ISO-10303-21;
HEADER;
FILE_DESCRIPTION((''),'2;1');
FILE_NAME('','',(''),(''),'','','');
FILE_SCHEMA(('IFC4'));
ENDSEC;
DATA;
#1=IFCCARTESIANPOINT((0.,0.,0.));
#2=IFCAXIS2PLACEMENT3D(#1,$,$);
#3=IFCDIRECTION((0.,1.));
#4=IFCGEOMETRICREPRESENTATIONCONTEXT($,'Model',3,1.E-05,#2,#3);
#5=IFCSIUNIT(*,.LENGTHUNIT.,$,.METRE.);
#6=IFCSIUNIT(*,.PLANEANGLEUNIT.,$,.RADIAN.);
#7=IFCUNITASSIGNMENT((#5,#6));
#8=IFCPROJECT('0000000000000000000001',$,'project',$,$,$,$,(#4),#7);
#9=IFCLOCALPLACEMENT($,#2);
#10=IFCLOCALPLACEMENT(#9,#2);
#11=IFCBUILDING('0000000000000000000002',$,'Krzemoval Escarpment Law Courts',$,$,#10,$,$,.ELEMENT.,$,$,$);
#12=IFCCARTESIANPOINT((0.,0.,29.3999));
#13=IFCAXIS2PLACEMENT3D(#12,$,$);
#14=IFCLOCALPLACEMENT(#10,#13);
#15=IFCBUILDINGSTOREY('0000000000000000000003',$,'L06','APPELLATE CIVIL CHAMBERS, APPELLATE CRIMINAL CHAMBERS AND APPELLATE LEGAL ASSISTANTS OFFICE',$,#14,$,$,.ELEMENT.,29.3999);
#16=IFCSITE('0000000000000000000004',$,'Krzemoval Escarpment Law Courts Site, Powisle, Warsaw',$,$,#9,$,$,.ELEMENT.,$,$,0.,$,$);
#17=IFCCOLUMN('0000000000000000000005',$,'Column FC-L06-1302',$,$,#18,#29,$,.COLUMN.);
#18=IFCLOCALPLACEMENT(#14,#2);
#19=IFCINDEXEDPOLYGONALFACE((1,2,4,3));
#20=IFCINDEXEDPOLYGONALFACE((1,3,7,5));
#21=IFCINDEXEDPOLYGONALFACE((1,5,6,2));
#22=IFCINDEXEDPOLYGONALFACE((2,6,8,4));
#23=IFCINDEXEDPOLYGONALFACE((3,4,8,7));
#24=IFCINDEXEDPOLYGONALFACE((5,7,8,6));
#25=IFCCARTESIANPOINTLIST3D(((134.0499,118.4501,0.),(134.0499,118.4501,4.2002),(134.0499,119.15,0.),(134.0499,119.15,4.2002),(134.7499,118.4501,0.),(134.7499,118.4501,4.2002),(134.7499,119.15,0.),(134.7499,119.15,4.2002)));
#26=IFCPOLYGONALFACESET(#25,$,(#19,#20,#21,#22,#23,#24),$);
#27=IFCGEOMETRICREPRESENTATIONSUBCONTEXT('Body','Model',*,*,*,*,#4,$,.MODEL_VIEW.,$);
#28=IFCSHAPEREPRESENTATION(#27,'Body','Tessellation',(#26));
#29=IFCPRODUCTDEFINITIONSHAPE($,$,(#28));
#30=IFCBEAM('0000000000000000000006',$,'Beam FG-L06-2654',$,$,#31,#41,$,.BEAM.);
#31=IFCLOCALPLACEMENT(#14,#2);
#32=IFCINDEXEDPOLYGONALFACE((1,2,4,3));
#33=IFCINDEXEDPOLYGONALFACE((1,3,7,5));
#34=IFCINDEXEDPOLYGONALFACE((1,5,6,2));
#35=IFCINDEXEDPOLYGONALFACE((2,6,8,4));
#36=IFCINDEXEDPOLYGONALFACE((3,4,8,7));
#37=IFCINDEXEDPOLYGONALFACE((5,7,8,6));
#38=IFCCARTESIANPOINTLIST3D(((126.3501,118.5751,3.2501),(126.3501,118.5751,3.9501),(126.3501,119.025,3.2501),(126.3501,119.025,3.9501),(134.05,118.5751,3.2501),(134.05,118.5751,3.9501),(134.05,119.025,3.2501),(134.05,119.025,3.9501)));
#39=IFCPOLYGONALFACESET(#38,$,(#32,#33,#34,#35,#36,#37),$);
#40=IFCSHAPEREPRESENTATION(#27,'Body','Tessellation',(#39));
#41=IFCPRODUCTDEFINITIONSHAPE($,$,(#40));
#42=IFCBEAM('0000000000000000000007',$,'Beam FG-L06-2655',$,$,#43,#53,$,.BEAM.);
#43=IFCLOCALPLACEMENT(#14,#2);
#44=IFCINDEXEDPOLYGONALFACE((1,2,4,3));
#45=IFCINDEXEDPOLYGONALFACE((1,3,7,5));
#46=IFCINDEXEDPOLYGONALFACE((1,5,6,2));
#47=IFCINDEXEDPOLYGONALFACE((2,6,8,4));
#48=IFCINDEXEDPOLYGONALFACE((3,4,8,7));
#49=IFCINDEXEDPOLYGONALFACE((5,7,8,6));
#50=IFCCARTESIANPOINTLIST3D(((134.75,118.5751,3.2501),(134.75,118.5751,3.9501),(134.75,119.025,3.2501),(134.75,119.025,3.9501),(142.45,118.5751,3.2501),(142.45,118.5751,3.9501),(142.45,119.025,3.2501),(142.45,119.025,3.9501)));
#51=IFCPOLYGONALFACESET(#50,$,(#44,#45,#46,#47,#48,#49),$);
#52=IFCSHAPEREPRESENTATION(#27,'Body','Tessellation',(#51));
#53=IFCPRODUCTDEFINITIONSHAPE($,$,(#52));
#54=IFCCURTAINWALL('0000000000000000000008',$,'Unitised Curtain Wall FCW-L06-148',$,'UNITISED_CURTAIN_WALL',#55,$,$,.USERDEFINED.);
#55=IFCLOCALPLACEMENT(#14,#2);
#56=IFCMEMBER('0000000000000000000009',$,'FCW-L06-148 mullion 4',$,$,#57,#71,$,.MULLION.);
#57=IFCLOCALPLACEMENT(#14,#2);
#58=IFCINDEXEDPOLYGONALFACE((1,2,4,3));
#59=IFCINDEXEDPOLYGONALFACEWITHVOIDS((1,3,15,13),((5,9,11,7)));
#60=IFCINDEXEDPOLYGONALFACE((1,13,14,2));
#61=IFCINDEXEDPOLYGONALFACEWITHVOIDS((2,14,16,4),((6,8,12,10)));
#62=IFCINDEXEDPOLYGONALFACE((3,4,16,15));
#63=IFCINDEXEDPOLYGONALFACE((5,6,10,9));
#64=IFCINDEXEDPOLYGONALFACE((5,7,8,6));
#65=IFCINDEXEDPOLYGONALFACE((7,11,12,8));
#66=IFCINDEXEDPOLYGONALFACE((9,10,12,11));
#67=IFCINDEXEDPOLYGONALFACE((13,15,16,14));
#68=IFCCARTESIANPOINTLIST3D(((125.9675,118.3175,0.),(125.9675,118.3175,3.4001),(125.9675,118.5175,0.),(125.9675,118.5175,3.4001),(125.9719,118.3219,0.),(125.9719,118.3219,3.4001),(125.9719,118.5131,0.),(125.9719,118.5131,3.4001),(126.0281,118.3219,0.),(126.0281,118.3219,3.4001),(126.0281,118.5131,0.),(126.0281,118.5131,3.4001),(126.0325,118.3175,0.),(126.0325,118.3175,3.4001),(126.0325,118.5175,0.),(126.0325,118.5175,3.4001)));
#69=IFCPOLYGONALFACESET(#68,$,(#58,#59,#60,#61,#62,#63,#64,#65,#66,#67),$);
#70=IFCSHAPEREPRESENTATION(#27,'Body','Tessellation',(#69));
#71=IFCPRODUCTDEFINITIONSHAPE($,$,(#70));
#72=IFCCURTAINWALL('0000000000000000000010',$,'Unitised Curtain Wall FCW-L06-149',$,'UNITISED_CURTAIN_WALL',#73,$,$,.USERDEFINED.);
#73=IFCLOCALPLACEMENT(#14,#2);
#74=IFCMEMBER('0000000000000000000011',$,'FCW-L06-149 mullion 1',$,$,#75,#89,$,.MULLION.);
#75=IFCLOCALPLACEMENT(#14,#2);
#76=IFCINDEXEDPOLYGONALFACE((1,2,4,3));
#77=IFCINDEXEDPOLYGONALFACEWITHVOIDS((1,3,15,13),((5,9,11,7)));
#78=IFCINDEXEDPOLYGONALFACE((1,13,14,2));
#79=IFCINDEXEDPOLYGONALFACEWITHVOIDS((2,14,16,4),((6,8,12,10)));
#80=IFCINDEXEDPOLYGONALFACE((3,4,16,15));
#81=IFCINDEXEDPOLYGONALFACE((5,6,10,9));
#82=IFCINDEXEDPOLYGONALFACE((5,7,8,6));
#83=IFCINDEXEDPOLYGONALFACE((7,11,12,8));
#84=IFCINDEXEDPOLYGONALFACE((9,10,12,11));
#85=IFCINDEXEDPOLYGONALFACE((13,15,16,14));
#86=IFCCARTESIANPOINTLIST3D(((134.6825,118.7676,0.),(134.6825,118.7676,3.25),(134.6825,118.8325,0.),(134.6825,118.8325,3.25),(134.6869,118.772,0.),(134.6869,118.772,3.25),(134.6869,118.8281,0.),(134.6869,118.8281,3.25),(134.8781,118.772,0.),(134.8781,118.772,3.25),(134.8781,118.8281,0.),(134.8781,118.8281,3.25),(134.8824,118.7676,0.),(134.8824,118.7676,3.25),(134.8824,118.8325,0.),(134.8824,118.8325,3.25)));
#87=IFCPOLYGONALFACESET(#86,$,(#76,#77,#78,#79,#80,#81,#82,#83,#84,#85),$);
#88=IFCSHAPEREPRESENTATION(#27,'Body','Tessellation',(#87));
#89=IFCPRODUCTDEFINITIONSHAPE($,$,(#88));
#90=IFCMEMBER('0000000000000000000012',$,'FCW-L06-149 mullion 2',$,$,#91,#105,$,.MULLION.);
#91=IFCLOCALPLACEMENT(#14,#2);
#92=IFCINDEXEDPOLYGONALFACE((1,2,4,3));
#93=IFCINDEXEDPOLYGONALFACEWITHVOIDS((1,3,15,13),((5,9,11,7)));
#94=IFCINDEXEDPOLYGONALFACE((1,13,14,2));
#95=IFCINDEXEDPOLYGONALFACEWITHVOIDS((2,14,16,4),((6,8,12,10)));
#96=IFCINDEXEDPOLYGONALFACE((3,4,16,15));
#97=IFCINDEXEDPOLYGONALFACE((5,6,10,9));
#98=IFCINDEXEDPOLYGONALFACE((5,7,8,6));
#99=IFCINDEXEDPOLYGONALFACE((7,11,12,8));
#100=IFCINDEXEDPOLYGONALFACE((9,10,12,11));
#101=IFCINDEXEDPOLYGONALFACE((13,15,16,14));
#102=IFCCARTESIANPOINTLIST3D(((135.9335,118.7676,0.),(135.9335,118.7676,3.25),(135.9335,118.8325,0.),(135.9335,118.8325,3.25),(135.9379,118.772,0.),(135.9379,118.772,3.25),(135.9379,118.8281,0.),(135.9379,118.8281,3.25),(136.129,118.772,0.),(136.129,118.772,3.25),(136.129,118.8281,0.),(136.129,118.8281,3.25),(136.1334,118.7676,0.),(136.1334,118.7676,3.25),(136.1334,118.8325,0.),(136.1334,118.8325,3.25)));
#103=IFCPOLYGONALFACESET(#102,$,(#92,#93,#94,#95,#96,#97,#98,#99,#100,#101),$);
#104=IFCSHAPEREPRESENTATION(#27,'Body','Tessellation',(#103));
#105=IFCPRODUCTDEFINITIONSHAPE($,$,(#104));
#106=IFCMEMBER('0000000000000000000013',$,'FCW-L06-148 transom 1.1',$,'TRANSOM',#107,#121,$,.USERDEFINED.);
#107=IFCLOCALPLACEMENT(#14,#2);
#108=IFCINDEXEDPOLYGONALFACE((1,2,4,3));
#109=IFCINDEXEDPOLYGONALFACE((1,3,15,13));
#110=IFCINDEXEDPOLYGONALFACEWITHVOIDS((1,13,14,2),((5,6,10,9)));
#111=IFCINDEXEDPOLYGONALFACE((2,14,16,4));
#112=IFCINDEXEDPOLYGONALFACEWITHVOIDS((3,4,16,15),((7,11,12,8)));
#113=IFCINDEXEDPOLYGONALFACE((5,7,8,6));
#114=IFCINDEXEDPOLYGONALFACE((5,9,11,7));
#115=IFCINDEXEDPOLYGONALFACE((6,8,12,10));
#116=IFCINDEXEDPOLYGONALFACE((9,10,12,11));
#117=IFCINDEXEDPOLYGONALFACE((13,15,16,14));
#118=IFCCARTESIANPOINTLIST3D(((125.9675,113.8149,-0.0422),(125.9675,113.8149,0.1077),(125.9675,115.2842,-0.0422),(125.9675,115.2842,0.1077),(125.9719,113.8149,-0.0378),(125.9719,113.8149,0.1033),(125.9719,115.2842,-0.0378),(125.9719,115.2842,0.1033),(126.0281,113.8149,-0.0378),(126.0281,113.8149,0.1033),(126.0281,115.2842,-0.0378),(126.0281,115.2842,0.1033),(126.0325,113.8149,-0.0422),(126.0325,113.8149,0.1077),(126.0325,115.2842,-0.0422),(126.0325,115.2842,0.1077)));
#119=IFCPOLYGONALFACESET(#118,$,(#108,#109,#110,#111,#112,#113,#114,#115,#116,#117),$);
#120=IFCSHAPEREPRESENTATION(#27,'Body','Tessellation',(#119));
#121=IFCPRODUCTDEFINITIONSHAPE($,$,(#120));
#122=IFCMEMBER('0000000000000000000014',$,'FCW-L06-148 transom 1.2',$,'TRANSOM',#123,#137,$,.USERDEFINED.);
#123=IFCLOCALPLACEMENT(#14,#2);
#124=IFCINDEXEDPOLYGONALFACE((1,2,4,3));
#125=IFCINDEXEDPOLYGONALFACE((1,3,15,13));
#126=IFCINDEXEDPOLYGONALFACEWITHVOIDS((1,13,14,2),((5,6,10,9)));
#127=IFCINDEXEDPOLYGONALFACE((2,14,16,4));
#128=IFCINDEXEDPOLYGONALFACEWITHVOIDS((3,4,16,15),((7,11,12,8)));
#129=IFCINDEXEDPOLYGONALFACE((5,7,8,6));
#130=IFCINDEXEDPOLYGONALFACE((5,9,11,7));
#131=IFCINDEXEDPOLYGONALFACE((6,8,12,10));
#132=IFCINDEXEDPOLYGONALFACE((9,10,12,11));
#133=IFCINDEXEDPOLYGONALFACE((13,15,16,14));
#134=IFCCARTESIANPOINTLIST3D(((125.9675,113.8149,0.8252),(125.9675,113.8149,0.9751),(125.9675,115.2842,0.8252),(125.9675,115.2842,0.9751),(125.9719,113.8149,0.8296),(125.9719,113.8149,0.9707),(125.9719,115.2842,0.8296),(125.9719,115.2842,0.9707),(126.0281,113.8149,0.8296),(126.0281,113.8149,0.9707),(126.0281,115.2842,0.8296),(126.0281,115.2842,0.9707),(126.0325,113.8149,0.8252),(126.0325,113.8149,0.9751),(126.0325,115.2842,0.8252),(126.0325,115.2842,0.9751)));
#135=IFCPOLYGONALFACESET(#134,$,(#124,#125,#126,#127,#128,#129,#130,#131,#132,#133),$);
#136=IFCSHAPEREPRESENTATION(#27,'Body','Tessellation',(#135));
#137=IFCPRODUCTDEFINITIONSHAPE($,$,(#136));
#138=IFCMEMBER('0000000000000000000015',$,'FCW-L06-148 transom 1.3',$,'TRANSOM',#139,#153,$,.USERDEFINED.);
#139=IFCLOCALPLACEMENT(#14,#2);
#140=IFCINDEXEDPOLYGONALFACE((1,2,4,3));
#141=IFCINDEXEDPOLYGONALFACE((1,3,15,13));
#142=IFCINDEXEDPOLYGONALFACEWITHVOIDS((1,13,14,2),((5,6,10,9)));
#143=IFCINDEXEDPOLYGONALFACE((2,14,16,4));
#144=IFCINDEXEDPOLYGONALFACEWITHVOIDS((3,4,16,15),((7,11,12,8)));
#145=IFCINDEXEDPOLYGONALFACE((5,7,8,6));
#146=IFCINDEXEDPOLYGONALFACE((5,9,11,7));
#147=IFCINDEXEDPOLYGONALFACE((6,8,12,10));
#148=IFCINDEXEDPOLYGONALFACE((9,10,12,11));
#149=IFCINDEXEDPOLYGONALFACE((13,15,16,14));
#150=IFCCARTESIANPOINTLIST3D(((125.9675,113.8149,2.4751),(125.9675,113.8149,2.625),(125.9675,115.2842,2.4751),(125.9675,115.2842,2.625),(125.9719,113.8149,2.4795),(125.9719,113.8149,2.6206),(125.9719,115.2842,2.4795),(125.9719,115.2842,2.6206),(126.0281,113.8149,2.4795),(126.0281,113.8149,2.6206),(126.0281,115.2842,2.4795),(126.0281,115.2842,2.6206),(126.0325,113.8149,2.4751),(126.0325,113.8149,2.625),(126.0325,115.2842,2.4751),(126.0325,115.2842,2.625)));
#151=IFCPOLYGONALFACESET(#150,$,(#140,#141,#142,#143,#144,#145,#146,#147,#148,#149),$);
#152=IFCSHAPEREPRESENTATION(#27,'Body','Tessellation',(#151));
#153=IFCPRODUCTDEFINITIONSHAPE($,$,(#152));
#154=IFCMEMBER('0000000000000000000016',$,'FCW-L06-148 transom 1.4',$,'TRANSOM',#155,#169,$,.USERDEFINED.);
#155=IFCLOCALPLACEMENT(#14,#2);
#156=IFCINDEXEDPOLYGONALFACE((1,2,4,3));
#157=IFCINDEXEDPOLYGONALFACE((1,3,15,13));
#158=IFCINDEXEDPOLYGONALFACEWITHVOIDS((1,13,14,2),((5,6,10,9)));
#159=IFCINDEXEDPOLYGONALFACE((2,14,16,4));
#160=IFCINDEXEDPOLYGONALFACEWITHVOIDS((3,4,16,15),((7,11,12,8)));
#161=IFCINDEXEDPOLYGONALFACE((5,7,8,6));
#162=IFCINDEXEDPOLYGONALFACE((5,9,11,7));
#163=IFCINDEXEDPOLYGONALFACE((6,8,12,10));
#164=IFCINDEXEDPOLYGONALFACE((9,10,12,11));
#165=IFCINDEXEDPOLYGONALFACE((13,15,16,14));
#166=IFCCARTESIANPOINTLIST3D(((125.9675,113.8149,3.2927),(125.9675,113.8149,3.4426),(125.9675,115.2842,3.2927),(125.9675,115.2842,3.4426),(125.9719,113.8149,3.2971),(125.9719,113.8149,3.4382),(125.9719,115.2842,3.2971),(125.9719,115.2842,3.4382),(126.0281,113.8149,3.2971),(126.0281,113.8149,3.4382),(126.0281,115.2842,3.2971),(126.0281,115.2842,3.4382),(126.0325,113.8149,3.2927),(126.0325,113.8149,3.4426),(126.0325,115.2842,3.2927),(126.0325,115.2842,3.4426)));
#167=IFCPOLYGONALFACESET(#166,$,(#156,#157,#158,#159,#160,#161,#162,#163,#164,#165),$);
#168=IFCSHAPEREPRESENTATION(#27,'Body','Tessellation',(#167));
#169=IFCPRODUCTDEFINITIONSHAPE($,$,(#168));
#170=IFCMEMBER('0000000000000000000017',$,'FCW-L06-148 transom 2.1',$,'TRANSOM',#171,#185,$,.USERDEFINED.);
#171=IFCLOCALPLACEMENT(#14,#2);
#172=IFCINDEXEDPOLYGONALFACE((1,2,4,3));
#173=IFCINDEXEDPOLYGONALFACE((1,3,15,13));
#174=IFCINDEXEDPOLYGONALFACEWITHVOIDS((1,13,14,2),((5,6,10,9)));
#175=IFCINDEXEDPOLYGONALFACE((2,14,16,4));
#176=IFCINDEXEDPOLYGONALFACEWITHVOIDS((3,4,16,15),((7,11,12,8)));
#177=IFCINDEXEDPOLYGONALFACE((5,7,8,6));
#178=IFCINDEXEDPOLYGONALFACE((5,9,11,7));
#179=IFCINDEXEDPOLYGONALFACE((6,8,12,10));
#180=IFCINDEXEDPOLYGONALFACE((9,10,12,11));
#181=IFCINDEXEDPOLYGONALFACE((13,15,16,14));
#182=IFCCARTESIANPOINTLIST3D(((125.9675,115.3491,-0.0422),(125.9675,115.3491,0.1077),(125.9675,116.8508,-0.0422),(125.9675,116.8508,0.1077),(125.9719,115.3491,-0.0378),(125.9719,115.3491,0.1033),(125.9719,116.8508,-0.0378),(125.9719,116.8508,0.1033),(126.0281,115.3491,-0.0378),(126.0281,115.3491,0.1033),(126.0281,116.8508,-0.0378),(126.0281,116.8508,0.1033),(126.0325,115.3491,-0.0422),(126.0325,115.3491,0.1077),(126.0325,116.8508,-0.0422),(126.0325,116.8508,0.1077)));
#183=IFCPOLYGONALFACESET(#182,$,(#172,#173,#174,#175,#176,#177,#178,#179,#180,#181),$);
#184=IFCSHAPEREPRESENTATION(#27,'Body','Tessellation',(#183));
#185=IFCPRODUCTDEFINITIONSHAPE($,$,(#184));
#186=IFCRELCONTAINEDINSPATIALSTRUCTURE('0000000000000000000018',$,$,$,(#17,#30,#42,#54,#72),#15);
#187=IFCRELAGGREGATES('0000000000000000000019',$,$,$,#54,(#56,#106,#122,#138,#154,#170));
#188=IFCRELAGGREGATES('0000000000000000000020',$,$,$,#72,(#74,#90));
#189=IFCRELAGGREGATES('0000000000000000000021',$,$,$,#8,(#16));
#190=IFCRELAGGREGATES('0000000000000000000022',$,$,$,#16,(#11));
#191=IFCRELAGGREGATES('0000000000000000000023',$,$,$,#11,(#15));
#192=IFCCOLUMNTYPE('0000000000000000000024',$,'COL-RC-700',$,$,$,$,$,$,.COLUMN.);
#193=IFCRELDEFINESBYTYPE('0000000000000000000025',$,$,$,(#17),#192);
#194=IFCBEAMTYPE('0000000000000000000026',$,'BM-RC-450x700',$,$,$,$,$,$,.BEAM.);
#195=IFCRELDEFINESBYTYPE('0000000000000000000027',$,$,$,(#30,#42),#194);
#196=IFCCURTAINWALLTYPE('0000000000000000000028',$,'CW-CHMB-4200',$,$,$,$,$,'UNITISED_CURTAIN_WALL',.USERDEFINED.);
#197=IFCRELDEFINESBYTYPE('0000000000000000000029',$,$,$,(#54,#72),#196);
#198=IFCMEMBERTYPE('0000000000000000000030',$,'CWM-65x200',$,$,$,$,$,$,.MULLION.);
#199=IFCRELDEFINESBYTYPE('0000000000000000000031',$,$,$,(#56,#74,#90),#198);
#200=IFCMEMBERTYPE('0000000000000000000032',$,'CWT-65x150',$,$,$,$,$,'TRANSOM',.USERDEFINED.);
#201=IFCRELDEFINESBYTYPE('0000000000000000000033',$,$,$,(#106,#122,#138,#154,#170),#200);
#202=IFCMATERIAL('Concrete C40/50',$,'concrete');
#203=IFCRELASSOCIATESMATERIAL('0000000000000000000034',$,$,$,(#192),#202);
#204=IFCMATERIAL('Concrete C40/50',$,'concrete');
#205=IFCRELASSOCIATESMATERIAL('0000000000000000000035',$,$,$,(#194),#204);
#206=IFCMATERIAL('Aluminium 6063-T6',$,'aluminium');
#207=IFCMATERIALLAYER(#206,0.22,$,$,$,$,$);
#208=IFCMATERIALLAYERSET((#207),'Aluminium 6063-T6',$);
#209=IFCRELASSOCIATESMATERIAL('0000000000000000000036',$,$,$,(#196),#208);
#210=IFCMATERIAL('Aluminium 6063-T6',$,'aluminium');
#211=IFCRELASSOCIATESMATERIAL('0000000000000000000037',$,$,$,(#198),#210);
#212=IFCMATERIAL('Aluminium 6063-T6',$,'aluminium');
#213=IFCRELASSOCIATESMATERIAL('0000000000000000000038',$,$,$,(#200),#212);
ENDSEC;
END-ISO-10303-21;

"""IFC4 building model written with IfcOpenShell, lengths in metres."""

from ifc_helpers import new_model, si_unit, direction, frame, origin, origin_2d, place, context, subcontext, project, spatial, rectangle, hollow_rectangle, extrude, material, layer, layer_set, material_profile, profile_set, type_object, element, aggregate, save


model = new_model("IFC4")

# Units and contexts
model_context = context("Model", 3, precision=1e-05, world=origin(), true_north=direction((0.0, 1.0)))
body_context = subcontext(model_context, "Body", "Model", "MODEL_VIEW")
ifc_project = project(units=[si_unit("LENGTHUNIT", "METRE"), si_unit("PLANEANGLEUNIT", "RADIAN")], contexts=[model_context])

# Site, building, storey
site_placement = place(None, origin())
site = spatial("IfcSite", under=ifc_project, at=site_placement, Name="Krzemoval Escarpment Law Courts Site, Powisle, Warsaw", CompositionType="ELEMENT", RefElevation=0.0)
building_placement = place(site_placement, origin())
building = spatial("IfcBuilding", under=site, at=building_placement, Name="Krzemoval Escarpment Law Courts", CompositionType="ELEMENT")
storey_placement = place(building_placement, frame((0.0, 0.0, 29.3999)))
storey = spatial("IfcBuildingStorey", under=building, at=storey_placement, Name="L06", Description="APPELLATE CIVIL CHAMBERS, APPELLATE CRIMINAL CHAMBERS AND APPELLATE LEGAL ASSISTANTS OFFICE", CompositionType="ELEMENT", Elevation=29.3999)

# Column
ifc_material_1 = material(Name="Concrete C40/50", Category="concrete")
ifc_material_profile_1 = material_profile(ifc_material_1, rectangle(XDim=0.7, YDim=0.7, at=origin_2d()), Name="RC 700x700")
ifc_profile_set_1 = profile_set([ifc_material_profile_1], Name="Concrete C40/50")
column_type = type_object("IfcColumnType", Name="COL-RC-700", PredefinedType="COLUMN", material=ifc_profile_set_1)
column_placement = place(storey_placement, frame((134.3999, 118.8, 0.0), z_axis=(0.0, 0.0, 1.0), x_axis=(1.0, 0.0, 0.0)))
element("IfcColumn", 1, at=column_placement, inside=storey, type_object=column_type, Name="Column FC-L06-1302", PredefinedType="COLUMN", context=body_context, shape_type="SweptSolid", body=[
    extrude(rectangle(XDim=0.7, YDim=0.7, at=origin_2d()), origin(), (0.0, 0.0, 1.0), 4.2002),
])

# Beams
ifc_material_2 = material(Name="Concrete C40/50", Category="concrete")
ifc_material_profile_2 = material_profile(ifc_material_2, rectangle(XDim=0.45, YDim=0.7, at=origin_2d()), Name="RCB 450x700")
ifc_profile_set_2 = profile_set([ifc_material_profile_2], Name="Concrete C40/50")
beam_type = type_object("IfcBeamType", Name="BM-RC-450x700", PredefinedType="BEAM", material=ifc_profile_set_2)
for number, where, z_axis, x_axis, name in (
    (2, (126.3501, 118.8, 3.6001), (1.0, 0.0, 0.0), (0.0, 1.0, 0.0), "Beam FG-L06-2654"),
    (3, (134.75, 118.8, 3.6001), (1.0, 0.0, 0.0), (0.0, 1.0, 0.0), "Beam FG-L06-2655"),
):
    element("IfcBeam", number, at=place(storey_placement, frame(where, z_axis=z_axis, x_axis=x_axis)), inside=storey, type_object=beam_type, Name=name, PredefinedType="BEAM", context=body_context, shape_type="SweptSolid", body=[
        extrude(rectangle(XDim=0.45, YDim=0.7, at=origin_2d()), origin(), (0.0, 0.0, 1.0), 7.7),
    ])

# Curtain wall, member
ifc_material_3 = material(Name="Aluminium 6063-T6", Category="aluminium")
ifc_layer_1 = layer(ifc_material_3, 0.22)
ifc_layer_set_1 = layer_set([ifc_layer_1], Name="Aluminium 6063-T6")
curtain_wall_type = type_object("IfcCurtainWallType", Name="CW-CHMB-4200", ElementType="UNITISED_CURTAIN_WALL", PredefinedType="USERDEFINED", material=ifc_layer_set_1)
curtain_wall_1_placement = place(storey_placement, origin())
curtain_wall_1 = element("IfcCurtainWall", 4, at=curtain_wall_1_placement, inside=storey, type_object=curtain_wall_type, Name="Unitised Curtain Wall FCW-L06-148", ObjectType="UNITISED_CURTAIN_WALL", PredefinedType="USERDEFINED")
ifc_material_4 = material(Name="Aluminium 6063-T6", Category="aluminium")
ifc_material_profile_3 = material_profile(ifc_material_4, hollow_rectangle(XDim=0.0649, YDim=0.2, WallThickness=0.0044, at=origin_2d()), Name="ALU M65x200")
ifc_profile_set_3 = profile_set([ifc_material_profile_3], Name="Aluminium 6063-T6")
member_type_1 = type_object("IfcMemberType", Name="CWM-65x200", PredefinedType="MULLION", material=ifc_profile_set_3)
member_1_placement = place(storey_placement, frame((126.0, 118.4175, 0.0), z_axis=(0.0, 0.0, 1.0), x_axis=(-1.0, 0.0, 0.0)))
member_1 = element("IfcMember", 5, at=member_1_placement, type_object=member_type_1, Name="FCW-L06-148 mullion 4", PredefinedType="MULLION", context=body_context, shape_type="SweptSolid", body=[
    extrude(hollow_rectangle(XDim=0.0649, YDim=0.2, WallThickness=0.0044, at=origin_2d()), origin(), (0.0, 0.0, 1.0), 3.4001),
])

# Curtain wall, members
curtain_wall_2_placement = place(storey_placement, origin())
curtain_wall_2 = element("IfcCurtainWall", 6, at=curtain_wall_2_placement, inside=storey, type_object=curtain_wall_type, Name="Unitised Curtain Wall FCW-L06-149", ObjectType="UNITISED_CURTAIN_WALL", PredefinedType="USERDEFINED")
member_2_placement = place(storey_placement, frame((134.7825, 118.8, 0.0), z_axis=(0.0, 0.0, 1.0), x_axis=(0.0, 1.0, 0.0)))
member_2 = element("IfcMember", 7, at=member_2_placement, type_object=member_type_1, Name="FCW-L06-149 mullion 1", PredefinedType="MULLION", context=body_context, shape_type="SweptSolid", body=[
    extrude(hollow_rectangle(XDim=0.0649, YDim=0.2, WallThickness=0.0044, at=origin_2d()), origin(), (0.0, 0.0, 1.0), 3.25),
])
member_3_placement = place(storey_placement, frame((136.0334, 118.8, 0.0), z_axis=(0.0, 0.0, 1.0), x_axis=(0.0, 1.0, 0.0)))
member_3 = element("IfcMember", 8, at=member_3_placement, type_object=member_type_1, Name="FCW-L06-149 mullion 2", PredefinedType="MULLION", context=body_context, shape_type="SweptSolid", body=[
    extrude(hollow_rectangle(XDim=0.0649, YDim=0.2, WallThickness=0.0044, at=origin_2d()), origin(), (0.0, 0.0, 1.0), 3.25),
])

# Members
ifc_material_5 = material(Name="Aluminium 6063-T6", Category="aluminium")
ifc_material_profile_4 = material_profile(ifc_material_5, hollow_rectangle(XDim=0.0649, YDim=0.1499, WallThickness=0.0044, at=origin_2d()), Name="ALU T65x150")
ifc_profile_set_4 = profile_set([ifc_material_profile_4], Name="Aluminium 6063-T6")
member_type_2 = type_object("IfcMemberType", Name="CWT-65x150", ElementType="TRANSOM", PredefinedType="USERDEFINED", material=ifc_profile_set_4)
member_4_placement = place(storey_placement, frame((126.0, 113.8149, 0.0327), z_axis=(0.0, 1.0, 0.0), x_axis=(-1.0, 0.0, 0.0)))
member_4 = element("IfcMember", 9, at=member_4_placement, type_object=member_type_2, Name="FCW-L06-148 transom 1.1", ObjectType="TRANSOM", PredefinedType="USERDEFINED", context=body_context, shape_type="SweptSolid", body=[
    extrude(hollow_rectangle(XDim=0.0649, YDim=0.1499, WallThickness=0.0044, at=origin_2d()), origin(), (0.0, 0.0, 1.0), 1.4692),
])
member_5_placement = place(storey_placement, frame((126.0, 113.8149, 0.9001), z_axis=(0.0, 1.0, 0.0), x_axis=(-1.0, 0.0, 0.0)))
member_5 = element("IfcMember", 10, at=member_5_placement, type_object=member_type_2, Name="FCW-L06-148 transom 1.2", ObjectType="TRANSOM", PredefinedType="USERDEFINED", context=body_context, shape_type="SweptSolid", body=[
    extrude(hollow_rectangle(XDim=0.0649, YDim=0.1499, WallThickness=0.0044, at=origin_2d()), origin(), (0.0, 0.0, 1.0), 1.4692),
])
member_6_placement = place(storey_placement, frame((126.0, 113.8149, 2.55), z_axis=(0.0, 1.0, 0.0), x_axis=(-1.0, 0.0, 0.0)))
member_6 = element("IfcMember", 11, at=member_6_placement, type_object=member_type_2, Name="FCW-L06-148 transom 1.3", ObjectType="TRANSOM", PredefinedType="USERDEFINED", context=body_context, shape_type="SweptSolid", body=[
    extrude(hollow_rectangle(XDim=0.0649, YDim=0.1499, WallThickness=0.0044, at=origin_2d()), origin(), (0.0, 0.0, 1.0), 1.4692),
])
member_7_placement = place(storey_placement, frame((126.0, 113.8149, 3.3677), z_axis=(0.0, 1.0, 0.0), x_axis=(-1.0, 0.0, 0.0)))
member_7 = element("IfcMember", 12, at=member_7_placement, type_object=member_type_2, Name="FCW-L06-148 transom 1.4", ObjectType="TRANSOM", PredefinedType="USERDEFINED", context=body_context, shape_type="SweptSolid", body=[
    extrude(hollow_rectangle(XDim=0.0649, YDim=0.1499, WallThickness=0.0044, at=origin_2d()), origin(), (0.0, 0.0, 1.0), 1.4692),
])
member_8_placement = place(storey_placement, frame((126.0, 115.3491, 0.0327), z_axis=(0.0, 1.0, 0.0), x_axis=(-1.0, 0.0, 0.0)))
member_8 = element("IfcMember", 13, at=member_8_placement, type_object=member_type_2, Name="FCW-L06-148 transom 2.1", ObjectType="TRANSOM", PredefinedType="USERDEFINED", context=body_context, shape_type="SweptSolid", body=[
    extrude(hollow_rectangle(XDim=0.0649, YDim=0.1499, WallThickness=0.0044, at=origin_2d()), origin(), (0.0, 0.0, 1.0), 1.5017),
])

aggregate(curtain_wall_1, [member_1, member_4, member_5, member_6, member_7, member_8])
aggregate(curtain_wall_2, [member_2, member_3])

save(model, "model.ifc")
